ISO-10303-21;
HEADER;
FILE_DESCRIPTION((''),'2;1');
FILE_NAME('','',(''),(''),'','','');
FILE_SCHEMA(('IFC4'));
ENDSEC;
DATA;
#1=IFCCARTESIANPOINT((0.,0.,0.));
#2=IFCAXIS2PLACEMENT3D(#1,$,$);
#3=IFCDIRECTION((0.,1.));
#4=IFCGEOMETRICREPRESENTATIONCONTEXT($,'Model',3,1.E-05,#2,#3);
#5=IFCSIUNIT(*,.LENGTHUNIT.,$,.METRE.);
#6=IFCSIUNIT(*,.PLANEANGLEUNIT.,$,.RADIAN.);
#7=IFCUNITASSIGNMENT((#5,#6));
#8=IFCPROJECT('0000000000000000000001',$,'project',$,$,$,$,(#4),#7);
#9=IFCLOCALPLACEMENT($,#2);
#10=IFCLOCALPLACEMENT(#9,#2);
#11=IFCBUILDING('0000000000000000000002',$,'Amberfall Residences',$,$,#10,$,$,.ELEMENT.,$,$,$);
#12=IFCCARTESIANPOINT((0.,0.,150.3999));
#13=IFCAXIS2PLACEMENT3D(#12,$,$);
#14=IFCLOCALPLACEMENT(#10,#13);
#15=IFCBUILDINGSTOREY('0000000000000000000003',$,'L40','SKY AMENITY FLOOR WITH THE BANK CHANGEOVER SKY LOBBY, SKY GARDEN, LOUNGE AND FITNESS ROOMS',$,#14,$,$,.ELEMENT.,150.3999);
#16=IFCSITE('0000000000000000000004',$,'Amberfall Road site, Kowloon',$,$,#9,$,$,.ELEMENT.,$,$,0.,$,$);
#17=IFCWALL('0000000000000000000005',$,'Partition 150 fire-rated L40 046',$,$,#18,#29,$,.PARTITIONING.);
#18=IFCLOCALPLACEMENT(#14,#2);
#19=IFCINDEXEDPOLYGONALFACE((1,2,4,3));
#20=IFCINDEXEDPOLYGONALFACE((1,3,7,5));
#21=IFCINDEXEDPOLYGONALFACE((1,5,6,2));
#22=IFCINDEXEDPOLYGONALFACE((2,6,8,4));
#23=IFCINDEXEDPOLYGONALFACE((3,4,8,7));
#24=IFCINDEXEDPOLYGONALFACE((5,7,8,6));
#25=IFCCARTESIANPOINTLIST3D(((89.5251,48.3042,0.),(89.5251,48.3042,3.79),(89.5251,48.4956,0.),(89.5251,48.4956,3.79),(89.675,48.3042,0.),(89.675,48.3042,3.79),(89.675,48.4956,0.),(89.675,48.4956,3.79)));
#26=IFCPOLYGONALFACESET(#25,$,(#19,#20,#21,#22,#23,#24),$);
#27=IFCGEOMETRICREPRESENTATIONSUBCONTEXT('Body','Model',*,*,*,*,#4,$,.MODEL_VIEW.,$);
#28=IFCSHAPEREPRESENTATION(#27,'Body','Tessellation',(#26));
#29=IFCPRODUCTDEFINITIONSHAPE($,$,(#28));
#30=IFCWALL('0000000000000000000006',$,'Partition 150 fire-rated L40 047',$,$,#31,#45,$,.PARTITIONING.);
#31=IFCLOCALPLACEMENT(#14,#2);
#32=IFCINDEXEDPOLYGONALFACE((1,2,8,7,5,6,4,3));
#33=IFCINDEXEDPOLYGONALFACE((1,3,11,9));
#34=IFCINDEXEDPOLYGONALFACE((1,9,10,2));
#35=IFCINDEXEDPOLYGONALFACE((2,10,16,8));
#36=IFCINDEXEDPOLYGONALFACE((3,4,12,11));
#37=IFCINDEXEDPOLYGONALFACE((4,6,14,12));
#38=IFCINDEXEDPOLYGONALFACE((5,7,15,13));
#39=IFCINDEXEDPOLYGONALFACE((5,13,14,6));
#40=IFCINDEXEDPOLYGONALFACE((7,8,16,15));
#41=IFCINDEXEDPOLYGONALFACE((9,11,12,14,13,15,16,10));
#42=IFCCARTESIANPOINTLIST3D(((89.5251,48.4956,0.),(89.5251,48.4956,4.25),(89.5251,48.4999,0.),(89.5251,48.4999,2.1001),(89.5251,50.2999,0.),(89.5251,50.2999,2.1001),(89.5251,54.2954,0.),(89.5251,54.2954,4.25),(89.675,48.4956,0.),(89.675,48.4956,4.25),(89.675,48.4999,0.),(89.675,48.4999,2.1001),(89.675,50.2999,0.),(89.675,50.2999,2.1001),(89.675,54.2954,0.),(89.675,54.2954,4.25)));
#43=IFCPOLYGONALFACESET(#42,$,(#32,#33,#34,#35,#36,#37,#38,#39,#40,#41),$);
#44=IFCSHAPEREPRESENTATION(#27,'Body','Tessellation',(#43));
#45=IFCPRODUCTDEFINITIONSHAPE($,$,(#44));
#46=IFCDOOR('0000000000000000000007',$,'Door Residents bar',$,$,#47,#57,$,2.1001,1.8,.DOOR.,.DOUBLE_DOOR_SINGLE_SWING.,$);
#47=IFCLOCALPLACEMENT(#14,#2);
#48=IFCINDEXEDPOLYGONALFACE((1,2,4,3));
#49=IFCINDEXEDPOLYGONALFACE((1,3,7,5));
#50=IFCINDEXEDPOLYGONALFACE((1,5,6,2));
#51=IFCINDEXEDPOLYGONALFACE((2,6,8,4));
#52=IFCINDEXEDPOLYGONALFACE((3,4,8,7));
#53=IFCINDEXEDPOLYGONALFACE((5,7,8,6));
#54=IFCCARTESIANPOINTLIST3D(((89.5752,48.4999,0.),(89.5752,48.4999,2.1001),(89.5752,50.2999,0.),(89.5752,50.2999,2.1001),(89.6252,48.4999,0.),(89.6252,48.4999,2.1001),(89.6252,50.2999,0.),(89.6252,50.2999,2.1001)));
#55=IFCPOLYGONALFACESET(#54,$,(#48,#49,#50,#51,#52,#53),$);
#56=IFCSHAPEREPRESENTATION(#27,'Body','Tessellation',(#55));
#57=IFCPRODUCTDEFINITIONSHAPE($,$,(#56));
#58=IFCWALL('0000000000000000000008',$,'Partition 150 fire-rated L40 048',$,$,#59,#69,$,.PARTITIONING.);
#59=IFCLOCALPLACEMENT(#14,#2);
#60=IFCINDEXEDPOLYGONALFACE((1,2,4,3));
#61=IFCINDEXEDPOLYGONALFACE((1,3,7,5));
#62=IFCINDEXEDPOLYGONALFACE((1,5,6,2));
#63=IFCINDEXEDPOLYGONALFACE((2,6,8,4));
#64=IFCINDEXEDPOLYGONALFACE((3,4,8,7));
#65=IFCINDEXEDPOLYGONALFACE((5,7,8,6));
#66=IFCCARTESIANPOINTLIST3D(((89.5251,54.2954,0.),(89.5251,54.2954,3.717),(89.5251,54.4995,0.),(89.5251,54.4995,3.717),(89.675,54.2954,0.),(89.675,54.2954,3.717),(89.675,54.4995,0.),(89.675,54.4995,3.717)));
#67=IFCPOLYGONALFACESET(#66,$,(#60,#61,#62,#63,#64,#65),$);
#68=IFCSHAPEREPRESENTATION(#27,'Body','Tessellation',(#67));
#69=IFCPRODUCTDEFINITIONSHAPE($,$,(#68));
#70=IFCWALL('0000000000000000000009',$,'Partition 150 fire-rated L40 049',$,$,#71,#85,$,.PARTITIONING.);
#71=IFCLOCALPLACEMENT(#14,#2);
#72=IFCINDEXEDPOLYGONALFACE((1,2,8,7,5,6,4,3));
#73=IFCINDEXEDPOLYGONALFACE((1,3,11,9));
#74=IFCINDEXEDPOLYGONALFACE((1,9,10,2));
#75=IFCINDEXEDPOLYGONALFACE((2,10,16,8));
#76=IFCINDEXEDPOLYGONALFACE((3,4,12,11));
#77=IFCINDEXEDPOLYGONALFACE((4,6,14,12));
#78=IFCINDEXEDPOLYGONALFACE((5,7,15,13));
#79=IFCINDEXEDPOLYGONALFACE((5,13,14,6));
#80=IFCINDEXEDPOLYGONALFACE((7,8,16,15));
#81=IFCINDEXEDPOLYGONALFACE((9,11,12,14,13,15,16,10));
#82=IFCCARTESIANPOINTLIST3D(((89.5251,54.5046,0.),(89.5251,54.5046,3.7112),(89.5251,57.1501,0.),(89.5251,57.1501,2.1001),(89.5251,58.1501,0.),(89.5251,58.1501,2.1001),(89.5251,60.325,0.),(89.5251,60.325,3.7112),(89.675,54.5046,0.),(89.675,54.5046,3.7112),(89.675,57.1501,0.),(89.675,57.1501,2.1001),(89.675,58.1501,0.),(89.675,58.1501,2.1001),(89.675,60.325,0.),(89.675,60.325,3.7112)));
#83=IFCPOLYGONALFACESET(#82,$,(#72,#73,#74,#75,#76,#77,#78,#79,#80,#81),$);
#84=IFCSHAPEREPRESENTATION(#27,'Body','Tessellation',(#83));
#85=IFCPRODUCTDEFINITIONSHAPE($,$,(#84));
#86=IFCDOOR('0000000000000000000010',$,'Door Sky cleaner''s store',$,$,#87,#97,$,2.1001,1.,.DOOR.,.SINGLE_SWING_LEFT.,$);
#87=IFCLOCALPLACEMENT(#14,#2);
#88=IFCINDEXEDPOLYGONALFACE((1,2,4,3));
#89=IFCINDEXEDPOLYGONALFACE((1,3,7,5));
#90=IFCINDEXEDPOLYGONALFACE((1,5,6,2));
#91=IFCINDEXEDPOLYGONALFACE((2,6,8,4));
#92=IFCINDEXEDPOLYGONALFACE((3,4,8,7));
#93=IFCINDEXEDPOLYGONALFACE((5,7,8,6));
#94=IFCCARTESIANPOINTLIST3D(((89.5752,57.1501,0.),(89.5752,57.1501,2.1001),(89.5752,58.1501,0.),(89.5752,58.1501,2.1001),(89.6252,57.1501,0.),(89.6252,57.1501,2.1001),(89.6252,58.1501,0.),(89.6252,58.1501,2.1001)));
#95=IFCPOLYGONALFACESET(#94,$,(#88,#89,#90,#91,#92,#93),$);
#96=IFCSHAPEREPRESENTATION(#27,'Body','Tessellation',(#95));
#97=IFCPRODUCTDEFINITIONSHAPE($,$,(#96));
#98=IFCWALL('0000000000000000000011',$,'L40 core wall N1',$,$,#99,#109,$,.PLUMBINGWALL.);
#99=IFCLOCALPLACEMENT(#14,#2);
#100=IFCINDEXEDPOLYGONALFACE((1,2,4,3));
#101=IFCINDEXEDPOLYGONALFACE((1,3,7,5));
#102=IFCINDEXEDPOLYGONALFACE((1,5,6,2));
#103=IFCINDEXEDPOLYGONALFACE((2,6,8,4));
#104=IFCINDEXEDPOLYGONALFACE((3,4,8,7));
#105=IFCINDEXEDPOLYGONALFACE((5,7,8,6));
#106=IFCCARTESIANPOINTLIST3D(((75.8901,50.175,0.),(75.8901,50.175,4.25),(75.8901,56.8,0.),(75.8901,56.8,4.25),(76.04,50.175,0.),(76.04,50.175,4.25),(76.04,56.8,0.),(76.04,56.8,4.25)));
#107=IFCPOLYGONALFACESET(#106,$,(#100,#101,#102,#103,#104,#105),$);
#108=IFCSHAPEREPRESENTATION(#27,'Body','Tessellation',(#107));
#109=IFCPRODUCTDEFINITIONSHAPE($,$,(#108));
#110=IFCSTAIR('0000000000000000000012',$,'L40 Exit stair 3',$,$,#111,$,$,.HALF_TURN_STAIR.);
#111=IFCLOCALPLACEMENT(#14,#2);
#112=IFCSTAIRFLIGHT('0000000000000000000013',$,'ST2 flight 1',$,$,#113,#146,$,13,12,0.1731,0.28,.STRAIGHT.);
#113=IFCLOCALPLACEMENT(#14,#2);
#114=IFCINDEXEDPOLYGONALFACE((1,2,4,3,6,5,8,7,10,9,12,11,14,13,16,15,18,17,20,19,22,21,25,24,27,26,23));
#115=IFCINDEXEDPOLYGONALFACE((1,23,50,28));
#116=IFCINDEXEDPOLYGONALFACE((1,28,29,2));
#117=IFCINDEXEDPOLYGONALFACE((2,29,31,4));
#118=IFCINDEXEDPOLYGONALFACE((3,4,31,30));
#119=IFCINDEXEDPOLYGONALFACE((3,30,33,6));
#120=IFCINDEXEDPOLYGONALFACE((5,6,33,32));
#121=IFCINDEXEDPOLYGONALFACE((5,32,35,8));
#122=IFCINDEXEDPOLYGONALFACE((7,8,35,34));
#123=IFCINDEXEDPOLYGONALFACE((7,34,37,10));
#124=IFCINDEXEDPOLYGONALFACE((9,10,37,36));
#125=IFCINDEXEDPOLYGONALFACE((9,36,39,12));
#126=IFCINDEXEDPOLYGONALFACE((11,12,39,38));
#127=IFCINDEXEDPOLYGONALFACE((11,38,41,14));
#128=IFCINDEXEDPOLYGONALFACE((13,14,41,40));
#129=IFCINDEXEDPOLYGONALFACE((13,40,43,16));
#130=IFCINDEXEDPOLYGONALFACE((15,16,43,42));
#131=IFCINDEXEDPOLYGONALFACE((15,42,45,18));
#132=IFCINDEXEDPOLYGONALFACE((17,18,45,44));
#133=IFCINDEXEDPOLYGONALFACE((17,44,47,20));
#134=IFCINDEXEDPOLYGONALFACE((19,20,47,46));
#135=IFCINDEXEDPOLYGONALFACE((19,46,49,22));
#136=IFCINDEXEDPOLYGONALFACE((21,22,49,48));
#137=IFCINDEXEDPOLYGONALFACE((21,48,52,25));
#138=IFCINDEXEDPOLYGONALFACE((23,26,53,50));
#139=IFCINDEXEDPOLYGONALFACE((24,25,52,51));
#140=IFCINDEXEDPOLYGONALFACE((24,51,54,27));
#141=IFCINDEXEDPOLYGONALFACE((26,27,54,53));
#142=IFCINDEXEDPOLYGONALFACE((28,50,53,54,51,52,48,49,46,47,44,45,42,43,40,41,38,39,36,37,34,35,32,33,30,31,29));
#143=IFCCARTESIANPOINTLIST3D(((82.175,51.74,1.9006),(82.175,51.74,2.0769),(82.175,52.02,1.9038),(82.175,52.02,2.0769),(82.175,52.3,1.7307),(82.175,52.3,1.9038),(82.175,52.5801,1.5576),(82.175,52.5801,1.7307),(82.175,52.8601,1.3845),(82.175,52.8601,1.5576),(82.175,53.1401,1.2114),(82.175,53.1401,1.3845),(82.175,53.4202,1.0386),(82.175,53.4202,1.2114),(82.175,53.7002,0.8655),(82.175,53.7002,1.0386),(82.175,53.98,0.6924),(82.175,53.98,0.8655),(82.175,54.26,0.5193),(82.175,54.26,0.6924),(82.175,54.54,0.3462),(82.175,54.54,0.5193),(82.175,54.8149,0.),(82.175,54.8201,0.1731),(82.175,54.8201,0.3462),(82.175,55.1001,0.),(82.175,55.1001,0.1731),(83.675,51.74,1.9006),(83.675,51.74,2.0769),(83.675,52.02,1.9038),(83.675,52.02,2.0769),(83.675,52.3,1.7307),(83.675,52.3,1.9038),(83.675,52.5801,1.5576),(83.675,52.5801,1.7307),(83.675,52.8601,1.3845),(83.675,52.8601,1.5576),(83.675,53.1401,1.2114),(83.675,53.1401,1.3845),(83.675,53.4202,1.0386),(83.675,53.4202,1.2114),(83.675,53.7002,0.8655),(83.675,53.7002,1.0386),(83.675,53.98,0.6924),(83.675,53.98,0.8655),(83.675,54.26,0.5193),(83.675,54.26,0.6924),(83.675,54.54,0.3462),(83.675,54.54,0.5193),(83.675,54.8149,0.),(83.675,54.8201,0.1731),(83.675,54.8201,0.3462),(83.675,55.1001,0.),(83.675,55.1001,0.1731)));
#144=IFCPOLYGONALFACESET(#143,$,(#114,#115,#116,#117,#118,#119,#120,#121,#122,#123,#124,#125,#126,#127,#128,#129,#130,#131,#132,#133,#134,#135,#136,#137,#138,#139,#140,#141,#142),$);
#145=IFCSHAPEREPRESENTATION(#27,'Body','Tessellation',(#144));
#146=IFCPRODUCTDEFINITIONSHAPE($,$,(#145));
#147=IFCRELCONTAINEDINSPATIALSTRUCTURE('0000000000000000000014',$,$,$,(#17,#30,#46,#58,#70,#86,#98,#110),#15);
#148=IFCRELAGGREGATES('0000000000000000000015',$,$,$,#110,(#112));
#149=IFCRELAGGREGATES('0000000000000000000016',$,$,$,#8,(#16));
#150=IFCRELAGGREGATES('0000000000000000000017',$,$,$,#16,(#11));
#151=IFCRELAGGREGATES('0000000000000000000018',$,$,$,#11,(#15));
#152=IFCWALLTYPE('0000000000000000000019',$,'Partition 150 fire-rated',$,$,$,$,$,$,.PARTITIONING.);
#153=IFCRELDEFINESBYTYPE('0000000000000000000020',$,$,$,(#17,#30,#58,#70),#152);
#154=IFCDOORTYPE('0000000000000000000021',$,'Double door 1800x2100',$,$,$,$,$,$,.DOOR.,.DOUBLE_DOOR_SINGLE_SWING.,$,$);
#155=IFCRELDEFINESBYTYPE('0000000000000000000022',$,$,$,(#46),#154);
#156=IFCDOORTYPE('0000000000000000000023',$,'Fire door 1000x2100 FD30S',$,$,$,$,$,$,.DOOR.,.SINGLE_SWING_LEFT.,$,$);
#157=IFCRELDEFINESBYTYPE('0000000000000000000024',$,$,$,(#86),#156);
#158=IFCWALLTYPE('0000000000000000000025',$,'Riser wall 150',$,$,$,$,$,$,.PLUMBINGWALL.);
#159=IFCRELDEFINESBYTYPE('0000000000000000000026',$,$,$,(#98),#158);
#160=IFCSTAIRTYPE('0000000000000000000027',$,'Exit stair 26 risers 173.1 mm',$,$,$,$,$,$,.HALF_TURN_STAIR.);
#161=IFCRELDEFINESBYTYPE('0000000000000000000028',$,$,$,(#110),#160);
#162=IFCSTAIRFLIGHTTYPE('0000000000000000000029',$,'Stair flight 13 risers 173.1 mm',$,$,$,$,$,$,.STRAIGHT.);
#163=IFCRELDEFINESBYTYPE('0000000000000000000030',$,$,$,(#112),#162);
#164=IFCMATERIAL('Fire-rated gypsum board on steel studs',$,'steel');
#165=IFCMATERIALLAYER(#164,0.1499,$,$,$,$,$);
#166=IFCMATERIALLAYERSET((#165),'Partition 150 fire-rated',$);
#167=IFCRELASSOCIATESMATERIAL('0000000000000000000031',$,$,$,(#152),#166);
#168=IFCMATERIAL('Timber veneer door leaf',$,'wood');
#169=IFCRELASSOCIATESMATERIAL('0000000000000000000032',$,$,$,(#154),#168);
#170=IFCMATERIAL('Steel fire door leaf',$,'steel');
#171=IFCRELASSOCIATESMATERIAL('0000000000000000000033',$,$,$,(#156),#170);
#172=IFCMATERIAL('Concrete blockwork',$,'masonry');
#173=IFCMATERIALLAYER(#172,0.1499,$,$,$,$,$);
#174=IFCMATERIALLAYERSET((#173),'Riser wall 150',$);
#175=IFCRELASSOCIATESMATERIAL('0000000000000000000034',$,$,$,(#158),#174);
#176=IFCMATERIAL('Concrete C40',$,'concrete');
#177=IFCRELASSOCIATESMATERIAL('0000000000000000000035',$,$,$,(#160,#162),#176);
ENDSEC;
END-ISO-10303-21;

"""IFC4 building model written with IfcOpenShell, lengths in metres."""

from ifc_helpers import new_model, si_unit, direction, frame, frame_2d, origin, place, context, subcontext, project, spatial, polyline, rectangle, outline, extrude, material, layer, layer_set, type_object, element, fill, aggregate, save


model = new_model("IFC4")

# Units and contexts
model_context = context("Model", 3, precision=1e-05, world=origin(), true_north=direction((0.0, 1.0)))
body_context = subcontext(model_context, "Body", "Model", "MODEL_VIEW")
ifc_project = project(units=[si_unit("LENGTHUNIT", "METRE"), si_unit("PLANEANGLEUNIT", "RADIAN")], contexts=[model_context])

# Site, building, storey
site_placement = place(None, origin())
site = spatial("IfcSite", under=ifc_project, at=site_placement, Name="Amberfall Road site, Kowloon", CompositionType="ELEMENT", RefElevation=0.0)
building_placement = place(site_placement, origin())
building = spatial("IfcBuilding", under=site, at=building_placement, Name="Amberfall Residences", CompositionType="ELEMENT")
storey_placement = place(building_placement, frame((0.0, 0.0, 150.3999)))
storey = spatial("IfcBuildingStorey", under=building, at=storey_placement, Name="L40", Description="SKY AMENITY FLOOR WITH THE BANK CHANGEOVER SKY LOBBY, SKY GARDEN, LOUNGE AND FITNESS ROOMS", CompositionType="ELEMENT", Elevation=150.3999)

# Shared definitions
ifc_material_1 = material(Name="Fire-rated gypsum board on steel studs", Category="steel")
ifc_layer_1 = layer(ifc_material_1, 0.1499)
ifc_layer_set_1 = layer_set([ifc_layer_1], Name="Partition 150 fire-rated")
wall_type_1 = type_object("IfcWallType", Name="Partition 150 fire-rated", PredefinedType="PARTITIONING", material=ifc_layer_set_1)

# Shared definitions
ifc_material_2 = material(Name="Timber veneer door leaf", Category="wood")
door_type_1 = type_object("IfcDoorType", Name="Double door 1800x2100", OperationType="DOUBLE_DOOR_SINGLE_SWING", PredefinedType="DOOR", material=ifc_material_2)

# Shared definitions
ifc_material_3 = material(Name="Steel fire door leaf", Category="steel")
door_type_2 = type_object("IfcDoorType", Name="Fire door 1000x2100 FD30S", OperationType="SINGLE_SWING_LEFT", PredefinedType="DOOR", material=ifc_material_3)

# Wall
wall_1_placement = place(storey_placement, frame((89.6001, 48.3042, 0.0), z_axis=(0.0, 0.0, 1.0), x_axis=(0.0, 1.0, 0.0)))
element("IfcWall", 1, at=wall_1_placement, inside=storey, type_object=wall_type_1, Name="Partition 150 fire-rated L40 046", PredefinedType="PARTITIONING", context=body_context, shape_type="SweptSolid", body=[
    extrude(rectangle(XDim=0.1914, YDim=0.1499, at=frame_2d((0.0957, 0.0))), origin(), (0.0, 0.0, 1.0), 3.79),
])

# Wall, opening, door
wall_2_placement = place(storey_placement, frame((89.6001, 48.4956, 0.0), z_axis=(0.0, 0.0, 1.0), x_axis=(0.0, 1.0, 0.0)))
wall_2 = element("IfcWall", 2, at=wall_2_placement, inside=storey, type_object=wall_type_1, Name="Partition 150 fire-rated L40 047", PredefinedType="PARTITIONING", context=body_context, shape_type="SweptSolid", body=[
    extrude(rectangle(XDim=5.7998, YDim=0.1499, at=frame_2d((2.8999, 0.0))), origin(), (0.0, 0.0, 1.0), 4.25),
])
opening_1_placement = place(wall_2_placement, frame((0.0044, 0.0, 0.0)))
opening_1 = element("IfcOpeningElement", 3, at=opening_1_placement, cuts=wall_2, PredefinedType="OPENING", context=body_context, shape_type="SweptSolid", body=[
    extrude(rectangle(XDim=1.8, YDim=2.1001, at=frame_2d((0.8999, 1.05))), frame((0.0, 0.085, 0.0), z_axis=(0.0, -1.0, 0.0), x_axis=(1.0, 0.0, 0.0)), (0.0, 0.0, 1.0), 0.1699),
])
door_1_placement = place(opening_1_placement, origin())
door_1 = element("IfcDoor", 4, at=door_1_placement, inside=storey, type_object=door_type_1, Name="Door Residents bar", OperationType="DOUBLE_DOOR_SINGLE_SWING", OverallHeight=2.1001, OverallWidth=1.8, PredefinedType="DOOR", context=body_context, shape_type="SweptSolid", body=[
    extrude(rectangle(XDim=1.8, YDim=2.1001, at=frame_2d((0.8999, 1.05))), frame((0.0, 0.0249, 0.0), z_axis=(0.0, -1.0, 0.0), x_axis=(1.0, 0.0, 0.0)), (0.0, 0.0, 1.0), 0.05),
])
fill(opening_1, door_1)

# Wall
wall_3_placement = place(storey_placement, frame((89.6001, 54.2954, 0.0), z_axis=(0.0, 0.0, 1.0), x_axis=(0.0, 1.0, 0.0)))
element("IfcWall", 5, at=wall_3_placement, inside=storey, type_object=wall_type_1, Name="Partition 150 fire-rated L40 048", PredefinedType="PARTITIONING", context=body_context, shape_type="SweptSolid", body=[
    extrude(rectangle(XDim=0.2041, YDim=0.1499, at=frame_2d((0.1021, 0.0))), origin(), (0.0, 0.0, 1.0), 3.717),
])

# Wall, opening, door
wall_4_placement = place(storey_placement, frame((89.6001, 54.5046, 0.0), z_axis=(0.0, 0.0, 1.0), x_axis=(0.0, 1.0, 0.0)))
wall_4 = element("IfcWall", 6, at=wall_4_placement, inside=storey, type_object=wall_type_1, Name="Partition 150 fire-rated L40 049", PredefinedType="PARTITIONING", context=body_context, shape_type="SweptSolid", body=[
    extrude(rectangle(XDim=5.8203, YDim=0.1499, at=frame_2d((2.9102, 0.0))), origin(), (0.0, 0.0, 1.0), 3.7112),
])
opening_2_placement = place(wall_4_placement, frame((2.6455, 0.0, 0.0)))
opening_2 = element("IfcOpeningElement", 7, at=opening_2_placement, cuts=wall_4, PredefinedType="OPENING", context=body_context, shape_type="SweptSolid", body=[
    extrude(rectangle(XDim=1.0, YDim=2.1001, at=frame_2d((0.5, 1.05))), frame((0.0, 0.085, 0.0), z_axis=(0.0, -1.0, 0.0), x_axis=(1.0, 0.0, 0.0)), (0.0, 0.0, 1.0), 0.1699),
])
door_2_placement = place(opening_2_placement, origin())
door_2 = element("IfcDoor", 8, at=door_2_placement, inside=storey, type_object=door_type_2, Name="Door Sky cleaner's store", OperationType="SINGLE_SWING_LEFT", OverallHeight=2.1001, OverallWidth=1.0, PredefinedType="DOOR", context=body_context, shape_type="SweptSolid", body=[
    extrude(rectangle(XDim=1.0, YDim=2.1001, at=frame_2d((0.5, 1.05))), frame((0.0, 0.0249, 0.0), z_axis=(0.0, -1.0, 0.0), x_axis=(1.0, 0.0, 0.0)), (0.0, 0.0, 1.0), 0.05),
])
fill(opening_2, door_2)

# Wall
ifc_material_4 = material(Name="Concrete blockwork", Category="masonry")
ifc_layer_2 = layer(ifc_material_4, 0.1499)
ifc_layer_set_2 = layer_set([ifc_layer_2], Name="Riser wall 150")
wall_type_2 = type_object("IfcWallType", Name="Riser wall 150", PredefinedType="PLUMBINGWALL", material=ifc_layer_set_2)
wall_5_placement = place(storey_placement, frame((75.9651, 50.175, 0.0), z_axis=(0.0, 0.0, 1.0), x_axis=(0.0, 1.0, 0.0)))
element("IfcWall", 9, at=wall_5_placement, inside=storey, type_object=wall_type_2, Name="L40 core wall N1", PredefinedType="PLUMBINGWALL", context=body_context, shape_type="SweptSolid", body=[
    extrude(rectangle(XDim=6.625, YDim=0.1499, at=frame_2d((3.3125, 0.0))), origin(), (0.0, 0.0, 1.0), 4.25),
])

# Stair, stair flight
ifc_material_5 = material(Name="Concrete C40", Category="concrete")
stair_type = type_object("IfcStairType", Name="Exit stair 26 risers 173.1 mm", PredefinedType="HALF_TURN_STAIR", material=ifc_material_5)
stair_placement = place(storey_placement, origin())
stair = element("IfcStair", 10, at=stair_placement, inside=storey, type_object=stair_type, Name="L40 Exit stair 3", PredefinedType="HALF_TURN_STAIR")
stair_flight_type = type_object("IfcStairFlightType", Name="Stair flight 13 risers 173.1 mm", PredefinedType="STRAIGHT", material=ifc_material_5)
stair_flight_1_placement = place(storey_placement, frame((82.925, 55.1001, 0.0), z_axis=(0.0, 0.0, 1.0), x_axis=(0.0, -1.0, 0.0)))
stair_flight_1 = element("IfcStairFlight", 11, at=stair_flight_1_placement, type_object=stair_flight_type, Name="ST2 flight 1", NumberOfRisers=13, NumberOfTreads=12, PredefinedType="STRAIGHT", RiserHeight=0.1731, TreadLength=0.28, context=body_context, shape_type="SweptSolid", body=[
    extrude(outline(polyline([(0.0, 0.0), (0.0, 0.1731), (0.28, 0.1731), (0.28, 0.3462), (0.5601, 0.3462), (0.5601, 0.5193), (0.8401, 0.5193), (0.8401, 0.6924), (1.1201, 0.6924), (1.1201, 0.8655), (1.3999, 0.8655), (1.3999, 1.0386), (1.6799, 1.0386), (1.6799, 1.2114), (1.96, 1.2114), (1.96, 1.3845), (2.24, 1.3845), (2.24, 1.5576), (2.52, 1.5576), (2.52, 1.7307), (2.8, 1.7307), (2.8, 1.9038), (3.0801, 1.9038), (3.0801, 2.0769), (3.3601, 2.0769), (3.3601, 2.25), (3.3601, 1.9006), (0.2852, 0.0), (0.0, 0.0)])), frame((0.0, 0.75, 0.0), z_axis=(0.0, -1.0, 0.0), x_axis=(1.0, 0.0, 0.0)), (0.0, 0.0, 1.0), 1.5),
])
aggregate(stair, [stair_flight_1])

save(model, "model.ifc")
